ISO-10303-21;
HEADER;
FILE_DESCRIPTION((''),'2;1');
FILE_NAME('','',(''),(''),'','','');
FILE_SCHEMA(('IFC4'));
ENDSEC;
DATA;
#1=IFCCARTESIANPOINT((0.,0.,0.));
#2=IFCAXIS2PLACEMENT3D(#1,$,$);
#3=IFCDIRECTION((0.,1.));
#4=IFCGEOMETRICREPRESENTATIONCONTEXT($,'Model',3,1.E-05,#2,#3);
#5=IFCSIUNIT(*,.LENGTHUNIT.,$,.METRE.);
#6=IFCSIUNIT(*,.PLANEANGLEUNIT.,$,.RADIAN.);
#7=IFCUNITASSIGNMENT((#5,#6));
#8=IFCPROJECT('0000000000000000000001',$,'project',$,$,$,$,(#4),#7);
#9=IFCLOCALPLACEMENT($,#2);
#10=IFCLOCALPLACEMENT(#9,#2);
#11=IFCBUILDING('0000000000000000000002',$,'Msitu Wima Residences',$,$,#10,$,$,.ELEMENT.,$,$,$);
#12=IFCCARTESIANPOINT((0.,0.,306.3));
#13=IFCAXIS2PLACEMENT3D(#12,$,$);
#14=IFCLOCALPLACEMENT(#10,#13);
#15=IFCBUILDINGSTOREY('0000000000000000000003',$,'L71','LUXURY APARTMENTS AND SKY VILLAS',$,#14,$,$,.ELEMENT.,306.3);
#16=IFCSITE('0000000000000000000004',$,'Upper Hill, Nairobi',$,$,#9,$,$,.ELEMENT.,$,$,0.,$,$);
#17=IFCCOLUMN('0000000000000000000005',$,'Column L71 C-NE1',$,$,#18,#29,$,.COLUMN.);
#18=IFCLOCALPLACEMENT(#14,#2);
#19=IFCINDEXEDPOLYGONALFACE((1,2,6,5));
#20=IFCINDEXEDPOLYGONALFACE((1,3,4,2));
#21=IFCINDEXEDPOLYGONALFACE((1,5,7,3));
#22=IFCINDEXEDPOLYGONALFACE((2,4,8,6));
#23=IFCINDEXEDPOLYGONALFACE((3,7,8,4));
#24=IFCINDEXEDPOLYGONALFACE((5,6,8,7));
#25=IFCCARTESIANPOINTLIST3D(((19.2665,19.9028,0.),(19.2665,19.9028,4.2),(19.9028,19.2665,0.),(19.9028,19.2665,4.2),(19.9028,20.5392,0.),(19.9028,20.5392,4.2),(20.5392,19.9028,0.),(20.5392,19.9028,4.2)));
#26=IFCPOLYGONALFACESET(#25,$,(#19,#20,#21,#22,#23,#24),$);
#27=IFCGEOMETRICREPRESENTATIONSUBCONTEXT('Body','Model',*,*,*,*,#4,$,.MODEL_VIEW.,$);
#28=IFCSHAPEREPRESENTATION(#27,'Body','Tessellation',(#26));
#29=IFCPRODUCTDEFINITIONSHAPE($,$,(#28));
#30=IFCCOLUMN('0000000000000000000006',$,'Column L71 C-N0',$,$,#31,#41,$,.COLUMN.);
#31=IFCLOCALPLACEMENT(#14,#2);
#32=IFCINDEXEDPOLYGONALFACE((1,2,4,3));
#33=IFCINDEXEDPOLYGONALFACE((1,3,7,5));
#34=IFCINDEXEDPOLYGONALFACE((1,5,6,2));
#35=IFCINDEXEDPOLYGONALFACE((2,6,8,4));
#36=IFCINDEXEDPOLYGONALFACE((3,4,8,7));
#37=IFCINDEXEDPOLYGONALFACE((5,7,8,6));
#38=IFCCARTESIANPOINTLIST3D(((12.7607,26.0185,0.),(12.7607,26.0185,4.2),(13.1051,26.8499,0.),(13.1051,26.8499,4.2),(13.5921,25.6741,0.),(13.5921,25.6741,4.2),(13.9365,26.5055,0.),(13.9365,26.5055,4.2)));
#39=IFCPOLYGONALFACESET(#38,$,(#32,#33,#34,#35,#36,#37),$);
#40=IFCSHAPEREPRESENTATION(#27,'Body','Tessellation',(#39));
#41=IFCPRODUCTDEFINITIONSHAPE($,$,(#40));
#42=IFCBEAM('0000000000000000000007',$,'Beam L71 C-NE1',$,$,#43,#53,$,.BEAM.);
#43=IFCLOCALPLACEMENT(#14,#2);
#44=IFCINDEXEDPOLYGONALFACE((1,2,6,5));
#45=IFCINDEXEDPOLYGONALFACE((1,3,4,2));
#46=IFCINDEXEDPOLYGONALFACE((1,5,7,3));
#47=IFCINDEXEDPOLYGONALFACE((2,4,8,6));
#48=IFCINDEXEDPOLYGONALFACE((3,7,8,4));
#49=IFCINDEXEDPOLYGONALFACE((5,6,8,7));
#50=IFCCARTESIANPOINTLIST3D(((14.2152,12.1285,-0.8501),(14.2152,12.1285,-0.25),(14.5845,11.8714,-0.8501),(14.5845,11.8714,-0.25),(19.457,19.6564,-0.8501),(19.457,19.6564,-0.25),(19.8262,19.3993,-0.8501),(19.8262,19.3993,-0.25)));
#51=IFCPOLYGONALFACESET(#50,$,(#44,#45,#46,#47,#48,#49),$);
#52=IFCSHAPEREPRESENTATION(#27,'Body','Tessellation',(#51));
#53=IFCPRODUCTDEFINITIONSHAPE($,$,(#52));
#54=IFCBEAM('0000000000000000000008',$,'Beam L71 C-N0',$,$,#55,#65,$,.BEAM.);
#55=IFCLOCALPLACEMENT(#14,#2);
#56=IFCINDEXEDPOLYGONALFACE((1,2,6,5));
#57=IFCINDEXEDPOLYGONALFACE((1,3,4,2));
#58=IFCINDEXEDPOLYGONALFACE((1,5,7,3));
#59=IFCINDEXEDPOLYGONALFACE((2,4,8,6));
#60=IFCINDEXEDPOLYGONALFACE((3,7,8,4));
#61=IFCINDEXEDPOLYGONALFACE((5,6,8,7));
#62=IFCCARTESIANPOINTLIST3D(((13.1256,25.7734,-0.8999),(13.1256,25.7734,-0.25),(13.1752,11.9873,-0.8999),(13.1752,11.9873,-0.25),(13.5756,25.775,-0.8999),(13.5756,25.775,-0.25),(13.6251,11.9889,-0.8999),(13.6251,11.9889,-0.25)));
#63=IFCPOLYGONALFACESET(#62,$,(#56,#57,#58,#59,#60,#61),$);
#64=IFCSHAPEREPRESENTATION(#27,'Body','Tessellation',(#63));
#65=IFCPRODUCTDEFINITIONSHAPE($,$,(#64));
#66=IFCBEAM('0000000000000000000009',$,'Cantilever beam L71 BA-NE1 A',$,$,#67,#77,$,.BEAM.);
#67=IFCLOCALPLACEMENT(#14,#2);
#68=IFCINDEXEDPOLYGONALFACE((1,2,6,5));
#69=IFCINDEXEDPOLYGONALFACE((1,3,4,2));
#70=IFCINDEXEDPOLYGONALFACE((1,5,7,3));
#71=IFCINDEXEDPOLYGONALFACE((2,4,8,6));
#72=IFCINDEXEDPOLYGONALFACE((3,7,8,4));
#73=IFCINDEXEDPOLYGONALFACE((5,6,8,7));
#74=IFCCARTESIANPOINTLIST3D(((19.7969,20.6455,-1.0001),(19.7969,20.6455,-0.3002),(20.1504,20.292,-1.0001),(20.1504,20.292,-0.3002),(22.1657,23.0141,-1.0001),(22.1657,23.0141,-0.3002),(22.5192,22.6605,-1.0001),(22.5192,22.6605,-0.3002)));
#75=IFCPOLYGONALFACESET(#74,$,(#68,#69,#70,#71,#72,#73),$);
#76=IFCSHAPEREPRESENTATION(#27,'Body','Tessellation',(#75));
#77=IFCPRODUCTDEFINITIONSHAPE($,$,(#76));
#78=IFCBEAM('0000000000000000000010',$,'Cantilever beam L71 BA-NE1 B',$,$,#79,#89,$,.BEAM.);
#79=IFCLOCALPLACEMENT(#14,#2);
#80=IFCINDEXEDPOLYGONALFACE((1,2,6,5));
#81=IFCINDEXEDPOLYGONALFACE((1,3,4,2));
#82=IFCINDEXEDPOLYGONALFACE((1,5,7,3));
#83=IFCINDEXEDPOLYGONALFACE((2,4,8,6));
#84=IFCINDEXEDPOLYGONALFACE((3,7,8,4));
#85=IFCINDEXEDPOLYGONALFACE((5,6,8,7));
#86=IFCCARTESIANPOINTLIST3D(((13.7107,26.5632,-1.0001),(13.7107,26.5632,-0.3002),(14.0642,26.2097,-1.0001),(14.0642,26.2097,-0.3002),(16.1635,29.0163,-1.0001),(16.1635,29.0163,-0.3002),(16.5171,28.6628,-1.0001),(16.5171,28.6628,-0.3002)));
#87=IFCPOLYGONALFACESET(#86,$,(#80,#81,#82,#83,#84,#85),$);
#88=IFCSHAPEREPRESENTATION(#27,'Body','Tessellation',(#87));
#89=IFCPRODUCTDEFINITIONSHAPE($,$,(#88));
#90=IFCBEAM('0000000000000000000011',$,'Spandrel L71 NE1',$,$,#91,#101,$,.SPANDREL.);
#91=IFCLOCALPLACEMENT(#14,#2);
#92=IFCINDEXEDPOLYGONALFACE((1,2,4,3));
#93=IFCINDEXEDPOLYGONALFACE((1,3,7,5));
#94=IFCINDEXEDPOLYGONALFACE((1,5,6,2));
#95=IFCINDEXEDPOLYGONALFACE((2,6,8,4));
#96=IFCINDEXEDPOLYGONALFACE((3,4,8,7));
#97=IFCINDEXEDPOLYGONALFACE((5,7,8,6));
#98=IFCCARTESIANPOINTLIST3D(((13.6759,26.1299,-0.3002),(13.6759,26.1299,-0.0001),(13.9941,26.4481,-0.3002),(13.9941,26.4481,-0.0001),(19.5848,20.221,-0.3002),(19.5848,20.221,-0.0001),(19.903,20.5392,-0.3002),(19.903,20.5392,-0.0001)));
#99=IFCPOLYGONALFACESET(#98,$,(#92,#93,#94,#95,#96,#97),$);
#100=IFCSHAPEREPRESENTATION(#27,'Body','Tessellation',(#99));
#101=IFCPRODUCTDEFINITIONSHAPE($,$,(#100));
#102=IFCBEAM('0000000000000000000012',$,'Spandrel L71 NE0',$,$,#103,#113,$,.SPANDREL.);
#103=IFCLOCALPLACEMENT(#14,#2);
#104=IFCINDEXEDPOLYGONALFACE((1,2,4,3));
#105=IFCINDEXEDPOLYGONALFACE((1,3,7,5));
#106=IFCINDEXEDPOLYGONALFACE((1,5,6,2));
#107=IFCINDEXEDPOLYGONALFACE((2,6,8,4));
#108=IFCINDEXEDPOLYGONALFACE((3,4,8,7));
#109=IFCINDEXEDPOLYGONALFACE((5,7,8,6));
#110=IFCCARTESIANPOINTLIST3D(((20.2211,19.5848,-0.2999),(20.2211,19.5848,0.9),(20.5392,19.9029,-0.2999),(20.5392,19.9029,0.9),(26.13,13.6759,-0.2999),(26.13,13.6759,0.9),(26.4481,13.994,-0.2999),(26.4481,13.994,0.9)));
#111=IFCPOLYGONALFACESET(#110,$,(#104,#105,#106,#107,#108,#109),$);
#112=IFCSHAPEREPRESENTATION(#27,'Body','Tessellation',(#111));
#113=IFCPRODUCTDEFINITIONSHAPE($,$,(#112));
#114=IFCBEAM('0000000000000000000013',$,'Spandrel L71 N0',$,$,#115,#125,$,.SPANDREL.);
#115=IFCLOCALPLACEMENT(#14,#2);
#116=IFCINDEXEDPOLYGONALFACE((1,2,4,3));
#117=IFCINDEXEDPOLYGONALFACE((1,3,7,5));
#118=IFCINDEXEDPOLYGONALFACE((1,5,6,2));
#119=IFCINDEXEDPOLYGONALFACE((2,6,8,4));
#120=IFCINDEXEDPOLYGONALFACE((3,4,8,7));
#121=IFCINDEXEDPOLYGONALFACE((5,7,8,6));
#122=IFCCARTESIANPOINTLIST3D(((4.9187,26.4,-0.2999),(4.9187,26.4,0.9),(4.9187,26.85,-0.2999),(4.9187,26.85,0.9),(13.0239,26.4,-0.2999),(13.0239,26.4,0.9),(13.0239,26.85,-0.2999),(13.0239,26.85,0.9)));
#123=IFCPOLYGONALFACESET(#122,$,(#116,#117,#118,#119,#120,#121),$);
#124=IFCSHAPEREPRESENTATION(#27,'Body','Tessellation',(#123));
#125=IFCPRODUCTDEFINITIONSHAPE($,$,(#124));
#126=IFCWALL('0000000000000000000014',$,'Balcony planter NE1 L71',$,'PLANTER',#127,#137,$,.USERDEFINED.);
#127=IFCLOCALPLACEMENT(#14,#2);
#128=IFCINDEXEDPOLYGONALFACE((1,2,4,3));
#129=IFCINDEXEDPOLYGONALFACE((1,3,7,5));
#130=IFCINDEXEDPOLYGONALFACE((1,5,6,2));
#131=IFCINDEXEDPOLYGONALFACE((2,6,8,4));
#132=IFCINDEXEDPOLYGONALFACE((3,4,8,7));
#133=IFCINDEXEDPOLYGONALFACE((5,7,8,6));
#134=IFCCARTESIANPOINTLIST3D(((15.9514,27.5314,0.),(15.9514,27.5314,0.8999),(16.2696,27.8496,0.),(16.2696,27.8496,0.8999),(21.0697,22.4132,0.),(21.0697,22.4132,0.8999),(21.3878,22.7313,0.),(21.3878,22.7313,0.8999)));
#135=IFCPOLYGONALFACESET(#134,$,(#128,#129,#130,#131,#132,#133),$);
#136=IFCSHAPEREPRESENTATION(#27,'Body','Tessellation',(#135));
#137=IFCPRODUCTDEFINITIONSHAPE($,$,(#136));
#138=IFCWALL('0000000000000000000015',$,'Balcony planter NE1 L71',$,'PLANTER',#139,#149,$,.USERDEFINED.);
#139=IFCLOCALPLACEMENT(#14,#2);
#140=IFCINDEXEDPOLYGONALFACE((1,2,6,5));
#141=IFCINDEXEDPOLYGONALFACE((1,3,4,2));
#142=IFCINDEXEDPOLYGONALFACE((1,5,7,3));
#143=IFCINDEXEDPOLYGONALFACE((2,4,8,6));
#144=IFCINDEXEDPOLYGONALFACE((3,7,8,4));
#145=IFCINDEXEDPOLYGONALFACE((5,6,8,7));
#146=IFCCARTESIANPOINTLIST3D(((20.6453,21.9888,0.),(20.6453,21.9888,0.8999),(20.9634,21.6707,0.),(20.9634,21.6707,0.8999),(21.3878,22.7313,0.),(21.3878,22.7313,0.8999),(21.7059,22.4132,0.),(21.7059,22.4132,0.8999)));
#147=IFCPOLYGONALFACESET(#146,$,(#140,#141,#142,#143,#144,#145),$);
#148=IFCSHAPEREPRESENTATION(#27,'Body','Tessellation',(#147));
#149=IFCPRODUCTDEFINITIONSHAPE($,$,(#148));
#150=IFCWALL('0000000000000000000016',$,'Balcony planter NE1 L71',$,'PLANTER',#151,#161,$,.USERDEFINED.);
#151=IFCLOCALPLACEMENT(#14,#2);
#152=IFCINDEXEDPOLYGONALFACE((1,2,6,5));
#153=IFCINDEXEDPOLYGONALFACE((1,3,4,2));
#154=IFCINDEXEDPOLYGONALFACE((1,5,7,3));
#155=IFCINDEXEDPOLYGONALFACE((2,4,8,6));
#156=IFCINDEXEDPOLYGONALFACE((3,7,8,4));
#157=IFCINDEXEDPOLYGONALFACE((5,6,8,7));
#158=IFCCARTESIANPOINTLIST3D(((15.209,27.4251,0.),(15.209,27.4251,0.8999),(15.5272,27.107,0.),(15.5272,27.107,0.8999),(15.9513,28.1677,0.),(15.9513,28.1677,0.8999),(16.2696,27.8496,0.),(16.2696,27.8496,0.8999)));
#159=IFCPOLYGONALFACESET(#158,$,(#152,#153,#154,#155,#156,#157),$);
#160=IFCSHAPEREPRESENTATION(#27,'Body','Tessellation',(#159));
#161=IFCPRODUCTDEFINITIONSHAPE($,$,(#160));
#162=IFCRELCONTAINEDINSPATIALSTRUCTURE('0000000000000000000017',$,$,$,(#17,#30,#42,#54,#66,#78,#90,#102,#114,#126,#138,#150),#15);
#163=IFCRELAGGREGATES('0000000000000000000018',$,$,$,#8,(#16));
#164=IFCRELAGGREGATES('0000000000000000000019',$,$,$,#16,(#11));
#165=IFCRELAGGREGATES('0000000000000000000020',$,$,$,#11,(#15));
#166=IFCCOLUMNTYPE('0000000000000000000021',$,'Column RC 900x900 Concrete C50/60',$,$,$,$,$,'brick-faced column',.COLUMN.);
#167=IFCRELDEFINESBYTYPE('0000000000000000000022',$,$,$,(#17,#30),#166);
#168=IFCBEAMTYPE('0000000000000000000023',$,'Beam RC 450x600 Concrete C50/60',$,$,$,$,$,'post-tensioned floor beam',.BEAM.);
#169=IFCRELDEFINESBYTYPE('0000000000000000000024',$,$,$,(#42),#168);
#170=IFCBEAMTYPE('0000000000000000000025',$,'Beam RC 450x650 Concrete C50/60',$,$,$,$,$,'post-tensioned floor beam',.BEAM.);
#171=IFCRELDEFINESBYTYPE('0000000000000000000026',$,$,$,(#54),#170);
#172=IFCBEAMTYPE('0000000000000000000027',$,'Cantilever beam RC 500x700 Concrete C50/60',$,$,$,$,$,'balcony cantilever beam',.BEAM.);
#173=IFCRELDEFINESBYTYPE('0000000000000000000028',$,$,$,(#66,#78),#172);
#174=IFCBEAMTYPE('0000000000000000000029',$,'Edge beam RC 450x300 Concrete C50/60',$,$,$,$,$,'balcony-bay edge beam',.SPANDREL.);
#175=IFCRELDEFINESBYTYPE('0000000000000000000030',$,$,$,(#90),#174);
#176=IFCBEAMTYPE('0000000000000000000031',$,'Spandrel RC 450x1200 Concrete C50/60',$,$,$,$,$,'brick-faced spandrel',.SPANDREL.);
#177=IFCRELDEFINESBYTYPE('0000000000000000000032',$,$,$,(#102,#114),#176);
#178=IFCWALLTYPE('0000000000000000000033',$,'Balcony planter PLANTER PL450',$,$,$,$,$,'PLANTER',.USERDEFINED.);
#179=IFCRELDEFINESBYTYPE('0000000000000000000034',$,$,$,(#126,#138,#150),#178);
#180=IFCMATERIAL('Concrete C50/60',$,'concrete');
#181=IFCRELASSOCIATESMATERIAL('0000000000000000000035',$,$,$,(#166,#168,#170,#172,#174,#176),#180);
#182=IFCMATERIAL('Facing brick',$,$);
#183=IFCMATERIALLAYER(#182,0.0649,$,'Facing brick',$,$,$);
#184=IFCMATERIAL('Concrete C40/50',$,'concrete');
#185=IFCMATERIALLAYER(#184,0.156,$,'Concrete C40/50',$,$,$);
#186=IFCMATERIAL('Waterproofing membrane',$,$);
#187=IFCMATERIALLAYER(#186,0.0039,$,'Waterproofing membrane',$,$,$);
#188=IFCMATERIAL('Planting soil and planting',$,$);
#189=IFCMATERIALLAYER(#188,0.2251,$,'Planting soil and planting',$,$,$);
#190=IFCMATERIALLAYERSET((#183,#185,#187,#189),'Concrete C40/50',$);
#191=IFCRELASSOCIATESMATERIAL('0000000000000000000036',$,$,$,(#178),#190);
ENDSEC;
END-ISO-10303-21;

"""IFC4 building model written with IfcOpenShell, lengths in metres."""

from ifc_helpers import new_model, si_unit, direction, frame, frame_2d, origin, origin_2d, place, context, subcontext, project, spatial, rectangle, extrude, material, layer, layer_set, material_profile, profile_set, type_object, element, save


model = new_model("IFC4")

# Units and contexts
model_context = context("Model", 3, precision=1e-05, world=origin(), true_north=direction((0.0, 1.0)))
body_context = subcontext(model_context, "Body", "Model", "MODEL_VIEW")
ifc_project = project(units=[si_unit("LENGTHUNIT", "METRE"), si_unit("PLANEANGLEUNIT", "RADIAN")], contexts=[model_context])

# Site, building, storey
site_placement = place(None, origin())
site = spatial("IfcSite", under=ifc_project, at=site_placement, Name="Upper Hill, Nairobi", CompositionType="ELEMENT", RefElevation=0.0)
building_placement = place(site_placement, origin())
building = spatial("IfcBuilding", under=site, at=building_placement, Name="Msitu Wima Residences", CompositionType="ELEMENT")
storey_placement = place(building_placement, frame((0.0, 0.0, 306.3)))
storey = spatial("IfcBuildingStorey", under=building, at=storey_placement, Name="L71", Description="LUXURY APARTMENTS AND SKY VILLAS", CompositionType="ELEMENT", Elevation=306.3)

# Columns
ifc_material_1 = material(Name="Concrete C50/60", Category="concrete")
ifc_material_profile_1 = material_profile(ifc_material_1, rectangle(XDim=0.8999, YDim=0.8999, at=origin_2d()), Name="RC 900x900")
ifc_profile_set_1 = profile_set([ifc_material_profile_1], Name="Concrete C50/60")
column_type = type_object("IfcColumnType", Name="Column RC 900x900 Concrete C50/60", ElementType="brick-faced column", PredefinedType="COLUMN", material=ifc_profile_set_1)
for number, where, z_axis, x_axis, name in (
    (1, (19.9028, 19.9028, 0.0), (0.0, 0.0, 1.0), (-0.707107, 0.707107, 0.0), "Column L71 C-NE1"),
    (2, (13.3486, 26.262, 0.0), (0.0, 0.0, 1.0), (-0.92388, 0.382683, 0.0), "Column L71 C-N0"),
):
    element("IfcColumn", number, at=place(storey_placement, frame(where, z_axis=z_axis, x_axis=x_axis)), inside=storey, type_object=column_type, Name=name, PredefinedType="COLUMN", context=body_context, shape_type="SweptSolid", body=[
        extrude(rectangle(XDim=0.8999, YDim=0.8999, at=origin_2d()), origin(), (0.0, 0.0, 1.0), 4.2),
    ])

# Beams
ifc_material_profile_2 = material_profile(ifc_material_1, rectangle(XDim=0.45, YDim=0.6001, at=origin_2d()), Name="RC 450x600")
ifc_profile_set_2 = profile_set([ifc_material_profile_2], Name="Concrete C50/60")
beam_type_1 = type_object("IfcBeamType", Name="Beam RC 450x600 Concrete C50/60", ElementType="post-tensioned floor beam", PredefinedType="BEAM", material=ifc_profile_set_2)
beam_1_placement = place(storey_placement, frame((19.6416, 19.5278, -0.55), z_axis=(-0.571428, -0.820652, 0.0), x_axis=(0.820652, -0.571428, 0.0)))
element("IfcBeam", 3, at=beam_1_placement, inside=storey, type_object=beam_type_1, Name="Beam L71 C-NE1", PredefinedType="BEAM", context=body_context, shape_type="SweptSolid", body=[
    extrude(rectangle(XDim=0.45, YDim=0.6001, at=origin_2d()), origin(), (0.0, 0.0, 1.0), 9.1731),
])
ifc_material_profile_3 = material_profile(ifc_material_1, rectangle(XDim=0.45, YDim=0.6499, at=origin_2d()), Name="RC 450x650")
ifc_profile_set_3 = profile_set([ifc_material_profile_3], Name="Concrete C50/60")
beam_type_2 = type_object("IfcBeamType", Name="Beam RC 450x650 Concrete C50/60", ElementType="post-tensioned floor beam", PredefinedType="BEAM", material=ifc_profile_set_3)
beam_2_placement = place(storey_placement, frame((13.3506, 25.7742, -0.575), z_axis=(0.003595, -0.999994, 0.0), x_axis=(0.999994, 0.003595, 0.0)))
element("IfcBeam", 4, at=beam_2_placement, inside=storey, type_object=beam_type_2, Name="Beam L71 C-N0", PredefinedType="BEAM", context=body_context, shape_type="SweptSolid", body=[
    extrude(rectangle(XDim=0.45, YDim=0.6499, at=origin_2d()), origin(), (0.0, 0.0, 1.0), 13.7861),
])
ifc_material_profile_4 = material_profile(ifc_material_1, rectangle(XDim=0.5, YDim=0.7, at=origin_2d()), Name="RC 500x700")
ifc_profile_set_4 = profile_set([ifc_material_profile_4], Name="Concrete C50/60")
beam_type_3 = type_object("IfcBeamType", Name="Cantilever beam RC 500x700 Concrete C50/60", ElementType="balcony cantilever beam", PredefinedType="BEAM", material=ifc_profile_set_4)
beam_3_placement = place(storey_placement, frame((19.9736, 20.4688, -0.6501), z_axis=(0.707143, 0.70707, 0.0), x_axis=(-0.70707, 0.707143, 0.0)))
element("IfcBeam", 5, at=beam_3_placement, inside=storey, type_object=beam_type_3, Name="Cantilever beam L71 BA-NE1 A", PredefinedType="BEAM", context=body_context, shape_type="SweptSolid", body=[
    extrude(rectangle(XDim=0.5, YDim=0.7, at=origin_2d()), origin(), (0.0, 0.0, 1.0), 3.3499),
])
beam_4_placement = place(storey_placement, frame((13.8875, 26.3865, -0.6501), z_axis=(0.707072, 0.707142, 0.0), x_axis=(-0.707142, 0.707072, 0.0)))
element("IfcBeam", 6, at=beam_4_placement, inside=storey, type_object=beam_type_3, Name="Cantilever beam L71 BA-NE1 B", PredefinedType="BEAM", context=body_context, shape_type="SweptSolid", body=[
    extrude(rectangle(XDim=0.5, YDim=0.7, at=origin_2d()), origin(), (0.0, 0.0, 1.0), 3.469),
])
ifc_material_profile_5 = material_profile(ifc_material_1, rectangle(XDim=0.45, YDim=0.3, at=origin_2d()), Name="RC 450x300")
ifc_profile_set_5 = profile_set([ifc_material_profile_5], Name="Concrete C50/60")
beam_type_4 = type_object("IfcBeamType", Name="Edge beam RC 450x300 Concrete C50/60", ElementType="balcony-bay edge beam", PredefinedType="SPANDREL", material=ifc_profile_set_5)
beam_5_placement = place(storey_placement, frame((19.7439, 20.3801, -0.1501), z_axis=(-0.707107, 0.707107, 0.0), x_axis=(-0.707107, -0.707107, 0.0)))
element("IfcBeam", 7, at=beam_5_placement, inside=storey, type_object=beam_type_4, Name="Spandrel L71 NE1", PredefinedType="SPANDREL", context=body_context, shape_type="SweptSolid", body=[
    extrude(rectangle(XDim=0.45, YDim=0.3, at=origin_2d()), origin(), (0.0, 0.0, 1.0), 8.3564),
])
ifc_material_profile_6 = material_profile(ifc_material_1, rectangle(XDim=0.45, YDim=1.2, at=origin_2d()), Name="RC 450x1200")
ifc_profile_set_6 = profile_set([ifc_material_profile_6], Name="Concrete C50/60")
beam_type_5 = type_object("IfcBeamType", Name="Spandrel RC 450x1200 Concrete C50/60", ElementType="brick-faced spandrel", PredefinedType="SPANDREL", material=ifc_profile_set_6)
beam_6_placement = place(storey_placement, frame((26.2891, 13.835, 0.3), z_axis=(-0.707107, 0.707107, 0.0), x_axis=(-0.707107, -0.707107, 0.0)))
element("IfcBeam", 8, at=beam_6_placement, inside=storey, type_object=beam_type_5, Name="Spandrel L71 NE0", PredefinedType="SPANDREL", context=body_context, shape_type="SweptSolid", body=[
    extrude(rectangle(XDim=0.45, YDim=1.2, at=origin_2d()), origin(), (0.0, 0.0, 1.0), 8.3564),
])
beam_7_placement = place(storey_placement, frame((13.0239, 26.625, 0.3), z_axis=(-1.0, 0.0, 0.0), x_axis=(0.0, -1.0, 0.0)))
element("IfcBeam", 9, at=beam_7_placement, inside=storey, type_object=beam_type_5, Name="Spandrel L71 N0", PredefinedType="SPANDREL", context=body_context, shape_type="SweptSolid", body=[
    extrude(rectangle(XDim=0.45, YDim=1.2, at=origin_2d()), origin(), (0.0, 0.0, 1.0), 8.1052),
])

# Walls
ifc_material_2 = material(Name="Facing brick")
ifc_layer_1 = layer(ifc_material_2, 0.0649, Name="Facing brick")
ifc_material_3 = material(Name="Concrete C40/50", Category="concrete")
ifc_layer_2 = layer(ifc_material_3, 0.156, Name="Concrete C40/50")
ifc_material_4 = material(Name="Waterproofing membrane")
ifc_layer_3 = layer(ifc_material_4, 0.0039, Name="Waterproofing membrane")
ifc_material_5 = material(Name="Planting soil and planting")
ifc_layer_4 = layer(ifc_material_5, 0.2251, Name="Planting soil and planting")
ifc_layer_set_1 = layer_set([ifc_layer_1, ifc_layer_2, ifc_layer_3, ifc_layer_4], Name="Concrete C40/50")
wall_type_1 = type_object("IfcWallType", Name="Balcony planter PLANTER PL450", ElementType="PLANTER", PredefinedType="USERDEFINED", material=ifc_layer_set_1)
wall_1_placement = place(storey_placement, frame((21.2288, 22.5723, 0.0), z_axis=(0.0, 0.0, 1.0), x_axis=(-0.707107, 0.707107, 0.0)))
element("IfcWall", 10, at=wall_1_placement, inside=storey, type_object=wall_type_1, Name="Balcony planter NE1 L71", ObjectType="PLANTER", PredefinedType="USERDEFINED", context=body_context, shape_type="SweptSolid", body=[
    extrude(rectangle(XDim=7.2383, YDim=0.45, at=frame_2d((3.6191, 0.0))), origin(), (0.0, 0.0, 1.0), 0.8999),
])
for number, where, z_axis, x_axis, name in (
    (11, (20.8044, 21.8298, 0.0), (0.0, 0.0, 1.0), (0.707107, 0.707107, 0.0), "Balcony planter NE1 L71"),
    (12, (15.3682, 27.2661, 0.0), (0.0, 0.0, 1.0), (0.706991, 0.707223, 0.0), "Balcony planter NE1 L71"),
):
    element("IfcWall", number, at=place(storey_placement, frame(where, z_axis=z_axis, x_axis=x_axis)), inside=storey, type_object=wall_type_1, Name=name, ObjectType="PLANTER", PredefinedType="USERDEFINED", context=body_context, shape_type="SweptSolid", body=[
        extrude(rectangle(XDim=1.05, YDim=0.45, at=frame_2d((0.5249, 0.0))), origin(), (0.0, 0.0, 1.0), 0.8999),
    ])

save(model, "model.ifc")
